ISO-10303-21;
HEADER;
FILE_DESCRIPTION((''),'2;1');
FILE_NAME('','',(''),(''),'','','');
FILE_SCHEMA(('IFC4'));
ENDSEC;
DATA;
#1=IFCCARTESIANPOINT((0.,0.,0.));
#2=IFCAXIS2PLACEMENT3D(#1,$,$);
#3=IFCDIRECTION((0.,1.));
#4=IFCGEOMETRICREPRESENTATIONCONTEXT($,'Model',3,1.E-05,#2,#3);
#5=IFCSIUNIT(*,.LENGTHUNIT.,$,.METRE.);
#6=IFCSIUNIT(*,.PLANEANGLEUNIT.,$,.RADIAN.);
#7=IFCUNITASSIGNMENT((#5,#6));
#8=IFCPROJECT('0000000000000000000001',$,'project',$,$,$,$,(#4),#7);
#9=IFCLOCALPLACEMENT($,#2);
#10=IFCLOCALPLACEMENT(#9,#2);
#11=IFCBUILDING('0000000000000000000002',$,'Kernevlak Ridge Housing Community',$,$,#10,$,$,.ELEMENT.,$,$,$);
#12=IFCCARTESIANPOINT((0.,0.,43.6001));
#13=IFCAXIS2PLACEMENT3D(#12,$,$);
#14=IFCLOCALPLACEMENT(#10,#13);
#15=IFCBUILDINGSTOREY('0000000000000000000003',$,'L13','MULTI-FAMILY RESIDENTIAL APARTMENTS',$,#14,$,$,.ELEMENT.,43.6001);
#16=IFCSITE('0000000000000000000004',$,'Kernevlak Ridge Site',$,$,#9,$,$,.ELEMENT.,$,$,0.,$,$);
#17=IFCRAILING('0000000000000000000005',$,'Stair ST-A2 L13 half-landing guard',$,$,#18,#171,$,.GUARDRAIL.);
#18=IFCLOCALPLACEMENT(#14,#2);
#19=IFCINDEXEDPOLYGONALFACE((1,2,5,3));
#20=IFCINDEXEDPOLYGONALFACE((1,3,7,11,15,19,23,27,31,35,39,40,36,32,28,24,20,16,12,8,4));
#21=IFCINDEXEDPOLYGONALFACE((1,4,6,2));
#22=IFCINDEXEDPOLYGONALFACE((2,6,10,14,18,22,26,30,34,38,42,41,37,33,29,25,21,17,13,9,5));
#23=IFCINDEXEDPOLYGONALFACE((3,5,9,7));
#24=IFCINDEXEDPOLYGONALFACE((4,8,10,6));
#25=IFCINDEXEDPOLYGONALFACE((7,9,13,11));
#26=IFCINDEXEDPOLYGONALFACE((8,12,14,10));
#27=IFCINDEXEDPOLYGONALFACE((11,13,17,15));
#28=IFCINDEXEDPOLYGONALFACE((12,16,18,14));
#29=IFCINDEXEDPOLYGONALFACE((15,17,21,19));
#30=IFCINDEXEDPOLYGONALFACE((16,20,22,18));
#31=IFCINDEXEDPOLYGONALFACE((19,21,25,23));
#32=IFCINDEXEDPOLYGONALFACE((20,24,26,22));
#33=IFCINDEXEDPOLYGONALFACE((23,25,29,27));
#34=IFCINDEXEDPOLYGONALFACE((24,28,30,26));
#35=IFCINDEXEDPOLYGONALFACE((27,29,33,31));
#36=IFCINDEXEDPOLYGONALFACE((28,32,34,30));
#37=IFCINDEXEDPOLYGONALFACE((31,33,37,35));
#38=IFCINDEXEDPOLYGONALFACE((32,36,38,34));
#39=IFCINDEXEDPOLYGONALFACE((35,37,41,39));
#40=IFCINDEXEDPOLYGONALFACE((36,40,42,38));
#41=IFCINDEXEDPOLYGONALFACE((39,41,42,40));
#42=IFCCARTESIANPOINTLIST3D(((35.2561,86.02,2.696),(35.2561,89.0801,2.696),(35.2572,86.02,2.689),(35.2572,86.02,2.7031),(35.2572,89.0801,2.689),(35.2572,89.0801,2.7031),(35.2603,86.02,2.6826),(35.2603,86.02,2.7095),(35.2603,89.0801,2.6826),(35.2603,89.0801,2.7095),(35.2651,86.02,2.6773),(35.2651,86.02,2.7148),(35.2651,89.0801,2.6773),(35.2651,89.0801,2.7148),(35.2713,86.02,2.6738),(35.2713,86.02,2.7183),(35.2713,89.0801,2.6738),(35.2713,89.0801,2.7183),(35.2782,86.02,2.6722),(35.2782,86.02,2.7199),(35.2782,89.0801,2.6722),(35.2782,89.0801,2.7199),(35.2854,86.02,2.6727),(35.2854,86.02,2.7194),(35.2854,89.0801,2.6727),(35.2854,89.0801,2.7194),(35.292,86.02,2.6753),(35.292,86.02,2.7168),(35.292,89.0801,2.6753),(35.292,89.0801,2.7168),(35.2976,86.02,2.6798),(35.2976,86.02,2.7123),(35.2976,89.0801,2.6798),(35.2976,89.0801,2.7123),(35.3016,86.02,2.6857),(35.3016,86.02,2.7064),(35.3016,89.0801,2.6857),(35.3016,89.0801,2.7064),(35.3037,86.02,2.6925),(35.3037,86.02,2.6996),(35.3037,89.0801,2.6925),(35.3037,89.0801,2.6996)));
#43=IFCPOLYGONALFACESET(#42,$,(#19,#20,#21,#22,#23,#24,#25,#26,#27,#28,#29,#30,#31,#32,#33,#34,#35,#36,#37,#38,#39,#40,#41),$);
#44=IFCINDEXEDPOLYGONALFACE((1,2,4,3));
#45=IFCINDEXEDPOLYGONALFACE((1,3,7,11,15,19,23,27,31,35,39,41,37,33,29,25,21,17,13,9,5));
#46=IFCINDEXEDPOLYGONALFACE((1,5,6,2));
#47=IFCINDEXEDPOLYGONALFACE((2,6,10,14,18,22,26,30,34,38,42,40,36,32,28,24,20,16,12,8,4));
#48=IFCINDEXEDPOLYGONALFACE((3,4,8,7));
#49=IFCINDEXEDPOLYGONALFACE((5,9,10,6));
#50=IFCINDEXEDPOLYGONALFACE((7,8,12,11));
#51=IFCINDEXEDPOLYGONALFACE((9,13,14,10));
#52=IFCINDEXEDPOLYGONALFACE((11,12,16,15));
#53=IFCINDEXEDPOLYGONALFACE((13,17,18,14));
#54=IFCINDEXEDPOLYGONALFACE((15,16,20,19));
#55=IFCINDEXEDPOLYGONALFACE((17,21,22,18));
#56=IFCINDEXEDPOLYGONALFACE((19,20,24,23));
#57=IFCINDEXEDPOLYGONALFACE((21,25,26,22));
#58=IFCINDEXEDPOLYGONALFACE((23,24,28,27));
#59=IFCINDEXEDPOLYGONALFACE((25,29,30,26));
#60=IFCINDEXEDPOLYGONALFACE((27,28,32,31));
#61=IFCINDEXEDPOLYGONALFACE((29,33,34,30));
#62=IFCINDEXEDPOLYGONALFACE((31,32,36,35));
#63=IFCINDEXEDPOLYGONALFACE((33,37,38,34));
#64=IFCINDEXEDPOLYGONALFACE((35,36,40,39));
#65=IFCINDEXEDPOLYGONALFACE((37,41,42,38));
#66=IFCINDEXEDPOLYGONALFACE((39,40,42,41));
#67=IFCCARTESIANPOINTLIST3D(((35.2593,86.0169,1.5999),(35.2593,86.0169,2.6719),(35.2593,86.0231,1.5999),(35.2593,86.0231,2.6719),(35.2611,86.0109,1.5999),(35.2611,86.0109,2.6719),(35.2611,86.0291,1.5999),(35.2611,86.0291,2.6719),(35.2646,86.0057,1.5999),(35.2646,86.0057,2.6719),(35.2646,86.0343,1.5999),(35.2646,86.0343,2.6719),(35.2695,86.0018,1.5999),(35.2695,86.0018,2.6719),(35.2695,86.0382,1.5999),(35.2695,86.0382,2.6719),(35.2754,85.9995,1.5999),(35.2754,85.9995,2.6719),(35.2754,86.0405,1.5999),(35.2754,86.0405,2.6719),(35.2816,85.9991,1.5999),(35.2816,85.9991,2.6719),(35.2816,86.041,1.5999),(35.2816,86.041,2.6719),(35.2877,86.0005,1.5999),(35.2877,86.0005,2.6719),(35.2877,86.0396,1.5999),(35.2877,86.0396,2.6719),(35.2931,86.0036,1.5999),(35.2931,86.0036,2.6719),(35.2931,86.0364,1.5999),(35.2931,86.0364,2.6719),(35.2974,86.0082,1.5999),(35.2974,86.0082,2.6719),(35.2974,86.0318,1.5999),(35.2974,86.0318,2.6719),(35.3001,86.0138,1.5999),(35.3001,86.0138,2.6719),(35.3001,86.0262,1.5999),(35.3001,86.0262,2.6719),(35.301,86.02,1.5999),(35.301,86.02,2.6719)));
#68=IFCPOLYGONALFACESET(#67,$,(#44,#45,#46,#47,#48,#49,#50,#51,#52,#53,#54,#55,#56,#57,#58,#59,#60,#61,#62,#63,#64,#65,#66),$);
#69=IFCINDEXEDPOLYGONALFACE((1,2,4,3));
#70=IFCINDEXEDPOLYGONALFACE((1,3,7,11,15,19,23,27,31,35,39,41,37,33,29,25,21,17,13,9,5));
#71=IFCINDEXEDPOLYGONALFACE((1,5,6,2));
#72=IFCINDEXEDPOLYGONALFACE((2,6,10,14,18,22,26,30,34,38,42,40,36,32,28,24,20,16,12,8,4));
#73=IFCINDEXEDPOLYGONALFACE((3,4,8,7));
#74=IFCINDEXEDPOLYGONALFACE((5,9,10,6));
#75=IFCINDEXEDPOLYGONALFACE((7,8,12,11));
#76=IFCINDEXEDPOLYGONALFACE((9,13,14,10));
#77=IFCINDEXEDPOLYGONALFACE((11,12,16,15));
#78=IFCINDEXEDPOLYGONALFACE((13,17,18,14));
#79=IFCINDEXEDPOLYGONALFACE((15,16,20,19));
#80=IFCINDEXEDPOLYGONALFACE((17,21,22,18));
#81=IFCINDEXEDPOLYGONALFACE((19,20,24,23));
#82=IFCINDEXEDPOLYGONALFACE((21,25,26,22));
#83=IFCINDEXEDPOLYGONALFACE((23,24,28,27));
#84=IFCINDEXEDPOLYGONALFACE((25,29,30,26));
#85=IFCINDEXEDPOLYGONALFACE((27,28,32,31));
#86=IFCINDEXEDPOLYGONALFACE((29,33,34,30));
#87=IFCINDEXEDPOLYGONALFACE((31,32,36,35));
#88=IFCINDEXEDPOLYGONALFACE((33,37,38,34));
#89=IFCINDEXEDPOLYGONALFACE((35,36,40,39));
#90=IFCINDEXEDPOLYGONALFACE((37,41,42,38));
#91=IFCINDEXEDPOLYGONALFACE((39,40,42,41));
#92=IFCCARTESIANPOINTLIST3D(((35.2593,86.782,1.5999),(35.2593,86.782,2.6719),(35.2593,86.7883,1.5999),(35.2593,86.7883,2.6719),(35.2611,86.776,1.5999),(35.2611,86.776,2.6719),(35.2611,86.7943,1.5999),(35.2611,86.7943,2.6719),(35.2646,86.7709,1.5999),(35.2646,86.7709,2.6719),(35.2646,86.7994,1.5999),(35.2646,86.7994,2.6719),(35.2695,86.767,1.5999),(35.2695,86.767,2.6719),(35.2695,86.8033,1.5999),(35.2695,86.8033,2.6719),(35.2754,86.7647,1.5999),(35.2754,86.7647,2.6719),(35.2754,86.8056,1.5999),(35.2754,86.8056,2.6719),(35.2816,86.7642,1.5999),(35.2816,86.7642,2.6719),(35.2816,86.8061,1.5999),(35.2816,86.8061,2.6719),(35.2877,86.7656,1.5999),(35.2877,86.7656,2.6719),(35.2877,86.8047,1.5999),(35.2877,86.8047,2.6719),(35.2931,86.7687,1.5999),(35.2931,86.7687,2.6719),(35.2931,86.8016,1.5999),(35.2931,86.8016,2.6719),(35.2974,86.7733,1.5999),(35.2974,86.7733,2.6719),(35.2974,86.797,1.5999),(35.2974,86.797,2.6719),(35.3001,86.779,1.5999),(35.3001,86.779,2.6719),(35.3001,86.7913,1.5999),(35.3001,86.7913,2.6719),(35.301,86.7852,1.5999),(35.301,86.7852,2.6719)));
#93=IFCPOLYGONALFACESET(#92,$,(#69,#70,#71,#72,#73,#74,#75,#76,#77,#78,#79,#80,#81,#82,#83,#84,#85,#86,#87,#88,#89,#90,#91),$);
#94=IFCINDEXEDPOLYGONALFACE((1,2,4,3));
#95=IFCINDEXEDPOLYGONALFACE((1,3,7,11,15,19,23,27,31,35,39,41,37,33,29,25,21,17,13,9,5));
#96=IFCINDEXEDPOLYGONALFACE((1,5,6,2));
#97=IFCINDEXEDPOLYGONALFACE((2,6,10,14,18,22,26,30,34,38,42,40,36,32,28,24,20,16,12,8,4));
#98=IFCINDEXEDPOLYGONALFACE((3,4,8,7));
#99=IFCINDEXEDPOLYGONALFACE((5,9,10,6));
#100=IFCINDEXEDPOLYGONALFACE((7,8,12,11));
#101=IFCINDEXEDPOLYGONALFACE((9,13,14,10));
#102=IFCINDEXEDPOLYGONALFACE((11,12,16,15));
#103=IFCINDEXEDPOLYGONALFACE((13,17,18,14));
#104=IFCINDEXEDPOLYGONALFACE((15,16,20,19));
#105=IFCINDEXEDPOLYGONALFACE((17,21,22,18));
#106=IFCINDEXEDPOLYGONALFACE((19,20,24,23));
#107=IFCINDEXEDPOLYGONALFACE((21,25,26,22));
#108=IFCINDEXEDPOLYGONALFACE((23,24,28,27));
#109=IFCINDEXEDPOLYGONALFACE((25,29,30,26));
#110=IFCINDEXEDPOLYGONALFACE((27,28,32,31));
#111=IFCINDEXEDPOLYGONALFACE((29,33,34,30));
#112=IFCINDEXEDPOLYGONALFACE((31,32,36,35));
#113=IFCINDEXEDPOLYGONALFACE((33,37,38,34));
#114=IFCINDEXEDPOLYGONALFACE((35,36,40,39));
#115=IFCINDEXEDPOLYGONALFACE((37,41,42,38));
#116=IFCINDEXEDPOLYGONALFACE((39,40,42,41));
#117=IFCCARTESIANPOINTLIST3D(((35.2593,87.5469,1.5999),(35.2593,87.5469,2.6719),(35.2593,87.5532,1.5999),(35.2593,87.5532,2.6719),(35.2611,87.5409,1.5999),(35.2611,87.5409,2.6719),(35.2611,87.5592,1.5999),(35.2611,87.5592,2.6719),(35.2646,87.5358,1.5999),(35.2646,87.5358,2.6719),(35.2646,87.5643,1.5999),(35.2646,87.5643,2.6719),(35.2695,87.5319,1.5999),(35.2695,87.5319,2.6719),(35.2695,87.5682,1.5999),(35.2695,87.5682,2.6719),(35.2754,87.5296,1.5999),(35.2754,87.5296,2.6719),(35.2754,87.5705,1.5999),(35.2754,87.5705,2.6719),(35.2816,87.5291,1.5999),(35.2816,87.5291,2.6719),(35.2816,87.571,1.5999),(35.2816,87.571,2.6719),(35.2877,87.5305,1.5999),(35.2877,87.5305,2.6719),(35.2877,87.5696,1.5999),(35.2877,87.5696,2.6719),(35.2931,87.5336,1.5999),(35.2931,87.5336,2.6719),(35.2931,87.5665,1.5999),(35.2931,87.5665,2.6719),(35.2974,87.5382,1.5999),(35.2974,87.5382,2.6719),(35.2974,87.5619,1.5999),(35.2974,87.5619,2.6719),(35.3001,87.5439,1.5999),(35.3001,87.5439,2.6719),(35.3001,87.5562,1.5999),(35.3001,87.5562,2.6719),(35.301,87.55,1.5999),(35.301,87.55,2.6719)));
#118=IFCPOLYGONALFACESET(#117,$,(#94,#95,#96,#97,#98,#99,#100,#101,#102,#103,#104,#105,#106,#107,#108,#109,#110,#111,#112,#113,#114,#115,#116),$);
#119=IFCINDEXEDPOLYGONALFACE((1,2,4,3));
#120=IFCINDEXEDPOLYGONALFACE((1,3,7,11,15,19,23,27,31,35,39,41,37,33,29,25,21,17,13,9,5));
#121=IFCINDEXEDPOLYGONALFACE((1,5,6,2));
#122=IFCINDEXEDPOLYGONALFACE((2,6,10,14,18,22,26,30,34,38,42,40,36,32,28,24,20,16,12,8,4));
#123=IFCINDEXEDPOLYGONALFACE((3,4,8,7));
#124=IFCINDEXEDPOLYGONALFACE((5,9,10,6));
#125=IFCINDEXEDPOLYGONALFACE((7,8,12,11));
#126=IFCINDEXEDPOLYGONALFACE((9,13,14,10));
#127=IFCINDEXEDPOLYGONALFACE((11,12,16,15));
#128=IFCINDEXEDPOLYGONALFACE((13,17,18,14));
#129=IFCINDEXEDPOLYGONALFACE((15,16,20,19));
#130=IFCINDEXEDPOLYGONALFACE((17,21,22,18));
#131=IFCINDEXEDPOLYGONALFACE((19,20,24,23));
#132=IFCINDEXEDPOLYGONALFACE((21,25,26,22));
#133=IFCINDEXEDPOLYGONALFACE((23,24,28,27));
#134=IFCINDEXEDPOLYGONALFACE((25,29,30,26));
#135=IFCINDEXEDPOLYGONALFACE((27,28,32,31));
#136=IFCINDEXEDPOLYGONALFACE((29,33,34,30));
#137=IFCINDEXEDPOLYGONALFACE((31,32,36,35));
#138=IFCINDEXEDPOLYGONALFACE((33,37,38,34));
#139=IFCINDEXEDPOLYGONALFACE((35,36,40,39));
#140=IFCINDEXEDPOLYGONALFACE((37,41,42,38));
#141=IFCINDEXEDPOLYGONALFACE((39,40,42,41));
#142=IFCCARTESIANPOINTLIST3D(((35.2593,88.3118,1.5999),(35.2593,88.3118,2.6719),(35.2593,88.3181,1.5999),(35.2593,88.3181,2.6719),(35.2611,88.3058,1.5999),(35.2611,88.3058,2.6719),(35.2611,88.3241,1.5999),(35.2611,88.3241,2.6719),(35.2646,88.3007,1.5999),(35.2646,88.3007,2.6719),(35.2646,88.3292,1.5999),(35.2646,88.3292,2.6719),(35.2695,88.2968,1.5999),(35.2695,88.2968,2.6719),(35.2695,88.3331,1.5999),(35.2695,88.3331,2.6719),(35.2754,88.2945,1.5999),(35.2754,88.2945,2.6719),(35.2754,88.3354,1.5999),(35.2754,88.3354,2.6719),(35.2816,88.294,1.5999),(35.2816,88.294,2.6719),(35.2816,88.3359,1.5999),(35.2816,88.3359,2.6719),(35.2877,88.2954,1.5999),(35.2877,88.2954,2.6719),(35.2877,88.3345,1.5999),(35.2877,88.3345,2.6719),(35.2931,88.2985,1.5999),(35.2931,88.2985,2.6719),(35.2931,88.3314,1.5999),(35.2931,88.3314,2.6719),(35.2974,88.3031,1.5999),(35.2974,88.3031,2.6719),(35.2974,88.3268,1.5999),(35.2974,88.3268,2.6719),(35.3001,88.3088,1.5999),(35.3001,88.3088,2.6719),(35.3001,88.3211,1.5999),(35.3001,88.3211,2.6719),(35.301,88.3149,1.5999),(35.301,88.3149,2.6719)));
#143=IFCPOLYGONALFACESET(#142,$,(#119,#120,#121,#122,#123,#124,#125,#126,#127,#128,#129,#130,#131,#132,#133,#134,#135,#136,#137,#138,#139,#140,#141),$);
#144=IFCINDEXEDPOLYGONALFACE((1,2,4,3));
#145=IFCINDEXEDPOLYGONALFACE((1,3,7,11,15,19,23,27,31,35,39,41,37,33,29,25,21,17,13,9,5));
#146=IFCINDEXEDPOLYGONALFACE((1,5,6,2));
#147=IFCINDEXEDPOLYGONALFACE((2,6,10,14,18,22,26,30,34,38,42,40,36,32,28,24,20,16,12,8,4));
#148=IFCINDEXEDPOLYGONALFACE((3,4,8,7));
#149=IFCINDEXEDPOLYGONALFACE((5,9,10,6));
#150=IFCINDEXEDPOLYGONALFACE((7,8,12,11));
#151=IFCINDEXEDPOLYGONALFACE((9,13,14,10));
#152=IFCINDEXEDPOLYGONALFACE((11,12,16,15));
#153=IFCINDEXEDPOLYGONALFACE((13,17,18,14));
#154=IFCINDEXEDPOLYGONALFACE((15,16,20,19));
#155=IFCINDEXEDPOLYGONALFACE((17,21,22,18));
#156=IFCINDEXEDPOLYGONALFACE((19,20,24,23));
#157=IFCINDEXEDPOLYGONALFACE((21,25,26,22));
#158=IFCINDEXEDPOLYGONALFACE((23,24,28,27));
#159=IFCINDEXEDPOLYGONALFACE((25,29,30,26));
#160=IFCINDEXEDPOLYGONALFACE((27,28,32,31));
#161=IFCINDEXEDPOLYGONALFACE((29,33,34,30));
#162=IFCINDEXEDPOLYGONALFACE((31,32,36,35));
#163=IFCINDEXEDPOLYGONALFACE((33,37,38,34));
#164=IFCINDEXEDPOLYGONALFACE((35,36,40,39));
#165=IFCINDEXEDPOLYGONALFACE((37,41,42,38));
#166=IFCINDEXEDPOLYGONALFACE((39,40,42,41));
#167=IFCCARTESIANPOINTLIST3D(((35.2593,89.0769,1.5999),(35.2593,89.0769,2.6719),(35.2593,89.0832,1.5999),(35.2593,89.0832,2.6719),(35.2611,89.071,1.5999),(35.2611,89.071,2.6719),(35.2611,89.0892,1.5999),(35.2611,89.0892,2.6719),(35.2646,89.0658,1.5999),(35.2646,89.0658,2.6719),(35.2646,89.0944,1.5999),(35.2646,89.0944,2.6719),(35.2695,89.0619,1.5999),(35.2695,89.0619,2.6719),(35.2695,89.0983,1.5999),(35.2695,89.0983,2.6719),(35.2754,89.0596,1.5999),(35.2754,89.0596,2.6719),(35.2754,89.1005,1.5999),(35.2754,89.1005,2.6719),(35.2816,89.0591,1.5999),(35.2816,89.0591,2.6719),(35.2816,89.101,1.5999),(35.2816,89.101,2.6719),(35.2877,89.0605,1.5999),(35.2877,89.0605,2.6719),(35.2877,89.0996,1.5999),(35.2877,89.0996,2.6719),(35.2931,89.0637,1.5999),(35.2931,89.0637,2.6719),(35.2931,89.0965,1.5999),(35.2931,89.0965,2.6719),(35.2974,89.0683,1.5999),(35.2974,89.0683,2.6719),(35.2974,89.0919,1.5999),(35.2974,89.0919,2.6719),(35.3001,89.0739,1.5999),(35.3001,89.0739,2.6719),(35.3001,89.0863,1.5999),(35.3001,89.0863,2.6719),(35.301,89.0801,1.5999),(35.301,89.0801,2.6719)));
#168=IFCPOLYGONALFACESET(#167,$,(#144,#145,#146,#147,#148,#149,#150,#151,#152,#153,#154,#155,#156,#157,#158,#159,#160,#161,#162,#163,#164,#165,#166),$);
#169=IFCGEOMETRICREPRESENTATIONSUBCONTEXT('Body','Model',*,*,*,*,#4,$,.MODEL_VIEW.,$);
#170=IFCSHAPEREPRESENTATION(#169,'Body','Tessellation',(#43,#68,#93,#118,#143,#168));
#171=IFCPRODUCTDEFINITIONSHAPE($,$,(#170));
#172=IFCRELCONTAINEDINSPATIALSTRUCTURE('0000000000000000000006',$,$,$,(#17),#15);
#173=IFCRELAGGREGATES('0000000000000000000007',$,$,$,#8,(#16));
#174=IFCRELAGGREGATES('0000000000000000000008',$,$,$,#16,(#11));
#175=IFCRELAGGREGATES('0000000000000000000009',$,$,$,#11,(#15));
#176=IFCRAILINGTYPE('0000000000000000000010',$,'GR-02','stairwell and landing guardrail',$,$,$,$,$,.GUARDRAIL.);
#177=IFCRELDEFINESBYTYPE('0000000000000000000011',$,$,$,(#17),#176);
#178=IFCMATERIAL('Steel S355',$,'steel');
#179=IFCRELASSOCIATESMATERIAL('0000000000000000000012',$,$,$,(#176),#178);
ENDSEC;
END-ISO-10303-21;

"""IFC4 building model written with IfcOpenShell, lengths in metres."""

from ifc_helpers import new_model, si_unit, direction, frame, origin, origin_2d, place, context, subcontext, project, spatial, circle, extrude, material, type_object, element, save


model = new_model("IFC4")

# Units and contexts
model_context = context("Model", 3, precision=1e-05, world=origin(), true_north=direction((0.0, 1.0)))
body_context = subcontext(model_context, "Body", "Model", "MODEL_VIEW")
ifc_project = project(units=[si_unit("LENGTHUNIT", "METRE"), si_unit("PLANEANGLEUNIT", "RADIAN")], contexts=[model_context])

# Site, building, storey
site_placement = place(None, origin())
site = spatial("IfcSite", under=ifc_project, at=site_placement, Name="Kernevlak Ridge Site", CompositionType="ELEMENT", RefElevation=0.0)
building_placement = place(site_placement, origin())
building = spatial("IfcBuilding", under=site, at=building_placement, Name="Kernevlak Ridge Housing Community", CompositionType="ELEMENT")
storey_placement = place(building_placement, frame((0.0, 0.0, 43.6001)))
storey = spatial("IfcBuildingStorey", under=building, at=storey_placement, Name="L13", Description="MULTI-FAMILY RESIDENTIAL APARTMENTS", CompositionType="ELEMENT", Elevation=43.6001)

# Railing
ifc_material_1 = material(Name="Steel S355", Category="steel")
railing_type_1 = type_object("IfcRailingType", Name="GR-02", Description="stairwell and landing guardrail", PredefinedType="GUARDRAIL", material=ifc_material_1)
railing_1_placement = place(storey_placement, frame((35.28, 86.02, 1.5999)))
element("IfcRailing", 1, at=railing_1_placement, inside=storey, type_object=railing_type_1, Name="Stair ST-A2 L13 half-landing guard", PredefinedType="GUARDRAIL", context=body_context, shape_type="SweptSolid", body=[
    extrude(circle(Radius=0.0239, at=origin_2d()), frame((0.0, 0.0, 1.0962), z_axis=(0.0, 1.0, 0.0), x_axis=(-1.0, 0.0, 0.0)), (0.0, 0.0, 1.0), 3.0601),
    extrude(circle(Radius=0.021, at=origin_2d()), origin(), (0.0, 0.0, 1.0), 1.072),
    extrude(circle(Radius=0.021, at=origin_2d()), frame((0.0, 0.7651, 0.0)), (0.0, 0.0, 1.0), 1.072),
    extrude(circle(Radius=0.021, at=origin_2d()), frame((0.0, 1.53, 0.0)), (0.0, 0.0, 1.0), 1.072),
    extrude(circle(Radius=0.021, at=origin_2d()), frame((0.0, 2.2949, 0.0)), (0.0, 0.0, 1.0), 1.072),
    extrude(circle(Radius=0.021, at=origin_2d()), frame((0.0, 3.0601, 0.0)), (0.0, 0.0, 1.0), 1.072),
])

save(model, "model.ifc")
